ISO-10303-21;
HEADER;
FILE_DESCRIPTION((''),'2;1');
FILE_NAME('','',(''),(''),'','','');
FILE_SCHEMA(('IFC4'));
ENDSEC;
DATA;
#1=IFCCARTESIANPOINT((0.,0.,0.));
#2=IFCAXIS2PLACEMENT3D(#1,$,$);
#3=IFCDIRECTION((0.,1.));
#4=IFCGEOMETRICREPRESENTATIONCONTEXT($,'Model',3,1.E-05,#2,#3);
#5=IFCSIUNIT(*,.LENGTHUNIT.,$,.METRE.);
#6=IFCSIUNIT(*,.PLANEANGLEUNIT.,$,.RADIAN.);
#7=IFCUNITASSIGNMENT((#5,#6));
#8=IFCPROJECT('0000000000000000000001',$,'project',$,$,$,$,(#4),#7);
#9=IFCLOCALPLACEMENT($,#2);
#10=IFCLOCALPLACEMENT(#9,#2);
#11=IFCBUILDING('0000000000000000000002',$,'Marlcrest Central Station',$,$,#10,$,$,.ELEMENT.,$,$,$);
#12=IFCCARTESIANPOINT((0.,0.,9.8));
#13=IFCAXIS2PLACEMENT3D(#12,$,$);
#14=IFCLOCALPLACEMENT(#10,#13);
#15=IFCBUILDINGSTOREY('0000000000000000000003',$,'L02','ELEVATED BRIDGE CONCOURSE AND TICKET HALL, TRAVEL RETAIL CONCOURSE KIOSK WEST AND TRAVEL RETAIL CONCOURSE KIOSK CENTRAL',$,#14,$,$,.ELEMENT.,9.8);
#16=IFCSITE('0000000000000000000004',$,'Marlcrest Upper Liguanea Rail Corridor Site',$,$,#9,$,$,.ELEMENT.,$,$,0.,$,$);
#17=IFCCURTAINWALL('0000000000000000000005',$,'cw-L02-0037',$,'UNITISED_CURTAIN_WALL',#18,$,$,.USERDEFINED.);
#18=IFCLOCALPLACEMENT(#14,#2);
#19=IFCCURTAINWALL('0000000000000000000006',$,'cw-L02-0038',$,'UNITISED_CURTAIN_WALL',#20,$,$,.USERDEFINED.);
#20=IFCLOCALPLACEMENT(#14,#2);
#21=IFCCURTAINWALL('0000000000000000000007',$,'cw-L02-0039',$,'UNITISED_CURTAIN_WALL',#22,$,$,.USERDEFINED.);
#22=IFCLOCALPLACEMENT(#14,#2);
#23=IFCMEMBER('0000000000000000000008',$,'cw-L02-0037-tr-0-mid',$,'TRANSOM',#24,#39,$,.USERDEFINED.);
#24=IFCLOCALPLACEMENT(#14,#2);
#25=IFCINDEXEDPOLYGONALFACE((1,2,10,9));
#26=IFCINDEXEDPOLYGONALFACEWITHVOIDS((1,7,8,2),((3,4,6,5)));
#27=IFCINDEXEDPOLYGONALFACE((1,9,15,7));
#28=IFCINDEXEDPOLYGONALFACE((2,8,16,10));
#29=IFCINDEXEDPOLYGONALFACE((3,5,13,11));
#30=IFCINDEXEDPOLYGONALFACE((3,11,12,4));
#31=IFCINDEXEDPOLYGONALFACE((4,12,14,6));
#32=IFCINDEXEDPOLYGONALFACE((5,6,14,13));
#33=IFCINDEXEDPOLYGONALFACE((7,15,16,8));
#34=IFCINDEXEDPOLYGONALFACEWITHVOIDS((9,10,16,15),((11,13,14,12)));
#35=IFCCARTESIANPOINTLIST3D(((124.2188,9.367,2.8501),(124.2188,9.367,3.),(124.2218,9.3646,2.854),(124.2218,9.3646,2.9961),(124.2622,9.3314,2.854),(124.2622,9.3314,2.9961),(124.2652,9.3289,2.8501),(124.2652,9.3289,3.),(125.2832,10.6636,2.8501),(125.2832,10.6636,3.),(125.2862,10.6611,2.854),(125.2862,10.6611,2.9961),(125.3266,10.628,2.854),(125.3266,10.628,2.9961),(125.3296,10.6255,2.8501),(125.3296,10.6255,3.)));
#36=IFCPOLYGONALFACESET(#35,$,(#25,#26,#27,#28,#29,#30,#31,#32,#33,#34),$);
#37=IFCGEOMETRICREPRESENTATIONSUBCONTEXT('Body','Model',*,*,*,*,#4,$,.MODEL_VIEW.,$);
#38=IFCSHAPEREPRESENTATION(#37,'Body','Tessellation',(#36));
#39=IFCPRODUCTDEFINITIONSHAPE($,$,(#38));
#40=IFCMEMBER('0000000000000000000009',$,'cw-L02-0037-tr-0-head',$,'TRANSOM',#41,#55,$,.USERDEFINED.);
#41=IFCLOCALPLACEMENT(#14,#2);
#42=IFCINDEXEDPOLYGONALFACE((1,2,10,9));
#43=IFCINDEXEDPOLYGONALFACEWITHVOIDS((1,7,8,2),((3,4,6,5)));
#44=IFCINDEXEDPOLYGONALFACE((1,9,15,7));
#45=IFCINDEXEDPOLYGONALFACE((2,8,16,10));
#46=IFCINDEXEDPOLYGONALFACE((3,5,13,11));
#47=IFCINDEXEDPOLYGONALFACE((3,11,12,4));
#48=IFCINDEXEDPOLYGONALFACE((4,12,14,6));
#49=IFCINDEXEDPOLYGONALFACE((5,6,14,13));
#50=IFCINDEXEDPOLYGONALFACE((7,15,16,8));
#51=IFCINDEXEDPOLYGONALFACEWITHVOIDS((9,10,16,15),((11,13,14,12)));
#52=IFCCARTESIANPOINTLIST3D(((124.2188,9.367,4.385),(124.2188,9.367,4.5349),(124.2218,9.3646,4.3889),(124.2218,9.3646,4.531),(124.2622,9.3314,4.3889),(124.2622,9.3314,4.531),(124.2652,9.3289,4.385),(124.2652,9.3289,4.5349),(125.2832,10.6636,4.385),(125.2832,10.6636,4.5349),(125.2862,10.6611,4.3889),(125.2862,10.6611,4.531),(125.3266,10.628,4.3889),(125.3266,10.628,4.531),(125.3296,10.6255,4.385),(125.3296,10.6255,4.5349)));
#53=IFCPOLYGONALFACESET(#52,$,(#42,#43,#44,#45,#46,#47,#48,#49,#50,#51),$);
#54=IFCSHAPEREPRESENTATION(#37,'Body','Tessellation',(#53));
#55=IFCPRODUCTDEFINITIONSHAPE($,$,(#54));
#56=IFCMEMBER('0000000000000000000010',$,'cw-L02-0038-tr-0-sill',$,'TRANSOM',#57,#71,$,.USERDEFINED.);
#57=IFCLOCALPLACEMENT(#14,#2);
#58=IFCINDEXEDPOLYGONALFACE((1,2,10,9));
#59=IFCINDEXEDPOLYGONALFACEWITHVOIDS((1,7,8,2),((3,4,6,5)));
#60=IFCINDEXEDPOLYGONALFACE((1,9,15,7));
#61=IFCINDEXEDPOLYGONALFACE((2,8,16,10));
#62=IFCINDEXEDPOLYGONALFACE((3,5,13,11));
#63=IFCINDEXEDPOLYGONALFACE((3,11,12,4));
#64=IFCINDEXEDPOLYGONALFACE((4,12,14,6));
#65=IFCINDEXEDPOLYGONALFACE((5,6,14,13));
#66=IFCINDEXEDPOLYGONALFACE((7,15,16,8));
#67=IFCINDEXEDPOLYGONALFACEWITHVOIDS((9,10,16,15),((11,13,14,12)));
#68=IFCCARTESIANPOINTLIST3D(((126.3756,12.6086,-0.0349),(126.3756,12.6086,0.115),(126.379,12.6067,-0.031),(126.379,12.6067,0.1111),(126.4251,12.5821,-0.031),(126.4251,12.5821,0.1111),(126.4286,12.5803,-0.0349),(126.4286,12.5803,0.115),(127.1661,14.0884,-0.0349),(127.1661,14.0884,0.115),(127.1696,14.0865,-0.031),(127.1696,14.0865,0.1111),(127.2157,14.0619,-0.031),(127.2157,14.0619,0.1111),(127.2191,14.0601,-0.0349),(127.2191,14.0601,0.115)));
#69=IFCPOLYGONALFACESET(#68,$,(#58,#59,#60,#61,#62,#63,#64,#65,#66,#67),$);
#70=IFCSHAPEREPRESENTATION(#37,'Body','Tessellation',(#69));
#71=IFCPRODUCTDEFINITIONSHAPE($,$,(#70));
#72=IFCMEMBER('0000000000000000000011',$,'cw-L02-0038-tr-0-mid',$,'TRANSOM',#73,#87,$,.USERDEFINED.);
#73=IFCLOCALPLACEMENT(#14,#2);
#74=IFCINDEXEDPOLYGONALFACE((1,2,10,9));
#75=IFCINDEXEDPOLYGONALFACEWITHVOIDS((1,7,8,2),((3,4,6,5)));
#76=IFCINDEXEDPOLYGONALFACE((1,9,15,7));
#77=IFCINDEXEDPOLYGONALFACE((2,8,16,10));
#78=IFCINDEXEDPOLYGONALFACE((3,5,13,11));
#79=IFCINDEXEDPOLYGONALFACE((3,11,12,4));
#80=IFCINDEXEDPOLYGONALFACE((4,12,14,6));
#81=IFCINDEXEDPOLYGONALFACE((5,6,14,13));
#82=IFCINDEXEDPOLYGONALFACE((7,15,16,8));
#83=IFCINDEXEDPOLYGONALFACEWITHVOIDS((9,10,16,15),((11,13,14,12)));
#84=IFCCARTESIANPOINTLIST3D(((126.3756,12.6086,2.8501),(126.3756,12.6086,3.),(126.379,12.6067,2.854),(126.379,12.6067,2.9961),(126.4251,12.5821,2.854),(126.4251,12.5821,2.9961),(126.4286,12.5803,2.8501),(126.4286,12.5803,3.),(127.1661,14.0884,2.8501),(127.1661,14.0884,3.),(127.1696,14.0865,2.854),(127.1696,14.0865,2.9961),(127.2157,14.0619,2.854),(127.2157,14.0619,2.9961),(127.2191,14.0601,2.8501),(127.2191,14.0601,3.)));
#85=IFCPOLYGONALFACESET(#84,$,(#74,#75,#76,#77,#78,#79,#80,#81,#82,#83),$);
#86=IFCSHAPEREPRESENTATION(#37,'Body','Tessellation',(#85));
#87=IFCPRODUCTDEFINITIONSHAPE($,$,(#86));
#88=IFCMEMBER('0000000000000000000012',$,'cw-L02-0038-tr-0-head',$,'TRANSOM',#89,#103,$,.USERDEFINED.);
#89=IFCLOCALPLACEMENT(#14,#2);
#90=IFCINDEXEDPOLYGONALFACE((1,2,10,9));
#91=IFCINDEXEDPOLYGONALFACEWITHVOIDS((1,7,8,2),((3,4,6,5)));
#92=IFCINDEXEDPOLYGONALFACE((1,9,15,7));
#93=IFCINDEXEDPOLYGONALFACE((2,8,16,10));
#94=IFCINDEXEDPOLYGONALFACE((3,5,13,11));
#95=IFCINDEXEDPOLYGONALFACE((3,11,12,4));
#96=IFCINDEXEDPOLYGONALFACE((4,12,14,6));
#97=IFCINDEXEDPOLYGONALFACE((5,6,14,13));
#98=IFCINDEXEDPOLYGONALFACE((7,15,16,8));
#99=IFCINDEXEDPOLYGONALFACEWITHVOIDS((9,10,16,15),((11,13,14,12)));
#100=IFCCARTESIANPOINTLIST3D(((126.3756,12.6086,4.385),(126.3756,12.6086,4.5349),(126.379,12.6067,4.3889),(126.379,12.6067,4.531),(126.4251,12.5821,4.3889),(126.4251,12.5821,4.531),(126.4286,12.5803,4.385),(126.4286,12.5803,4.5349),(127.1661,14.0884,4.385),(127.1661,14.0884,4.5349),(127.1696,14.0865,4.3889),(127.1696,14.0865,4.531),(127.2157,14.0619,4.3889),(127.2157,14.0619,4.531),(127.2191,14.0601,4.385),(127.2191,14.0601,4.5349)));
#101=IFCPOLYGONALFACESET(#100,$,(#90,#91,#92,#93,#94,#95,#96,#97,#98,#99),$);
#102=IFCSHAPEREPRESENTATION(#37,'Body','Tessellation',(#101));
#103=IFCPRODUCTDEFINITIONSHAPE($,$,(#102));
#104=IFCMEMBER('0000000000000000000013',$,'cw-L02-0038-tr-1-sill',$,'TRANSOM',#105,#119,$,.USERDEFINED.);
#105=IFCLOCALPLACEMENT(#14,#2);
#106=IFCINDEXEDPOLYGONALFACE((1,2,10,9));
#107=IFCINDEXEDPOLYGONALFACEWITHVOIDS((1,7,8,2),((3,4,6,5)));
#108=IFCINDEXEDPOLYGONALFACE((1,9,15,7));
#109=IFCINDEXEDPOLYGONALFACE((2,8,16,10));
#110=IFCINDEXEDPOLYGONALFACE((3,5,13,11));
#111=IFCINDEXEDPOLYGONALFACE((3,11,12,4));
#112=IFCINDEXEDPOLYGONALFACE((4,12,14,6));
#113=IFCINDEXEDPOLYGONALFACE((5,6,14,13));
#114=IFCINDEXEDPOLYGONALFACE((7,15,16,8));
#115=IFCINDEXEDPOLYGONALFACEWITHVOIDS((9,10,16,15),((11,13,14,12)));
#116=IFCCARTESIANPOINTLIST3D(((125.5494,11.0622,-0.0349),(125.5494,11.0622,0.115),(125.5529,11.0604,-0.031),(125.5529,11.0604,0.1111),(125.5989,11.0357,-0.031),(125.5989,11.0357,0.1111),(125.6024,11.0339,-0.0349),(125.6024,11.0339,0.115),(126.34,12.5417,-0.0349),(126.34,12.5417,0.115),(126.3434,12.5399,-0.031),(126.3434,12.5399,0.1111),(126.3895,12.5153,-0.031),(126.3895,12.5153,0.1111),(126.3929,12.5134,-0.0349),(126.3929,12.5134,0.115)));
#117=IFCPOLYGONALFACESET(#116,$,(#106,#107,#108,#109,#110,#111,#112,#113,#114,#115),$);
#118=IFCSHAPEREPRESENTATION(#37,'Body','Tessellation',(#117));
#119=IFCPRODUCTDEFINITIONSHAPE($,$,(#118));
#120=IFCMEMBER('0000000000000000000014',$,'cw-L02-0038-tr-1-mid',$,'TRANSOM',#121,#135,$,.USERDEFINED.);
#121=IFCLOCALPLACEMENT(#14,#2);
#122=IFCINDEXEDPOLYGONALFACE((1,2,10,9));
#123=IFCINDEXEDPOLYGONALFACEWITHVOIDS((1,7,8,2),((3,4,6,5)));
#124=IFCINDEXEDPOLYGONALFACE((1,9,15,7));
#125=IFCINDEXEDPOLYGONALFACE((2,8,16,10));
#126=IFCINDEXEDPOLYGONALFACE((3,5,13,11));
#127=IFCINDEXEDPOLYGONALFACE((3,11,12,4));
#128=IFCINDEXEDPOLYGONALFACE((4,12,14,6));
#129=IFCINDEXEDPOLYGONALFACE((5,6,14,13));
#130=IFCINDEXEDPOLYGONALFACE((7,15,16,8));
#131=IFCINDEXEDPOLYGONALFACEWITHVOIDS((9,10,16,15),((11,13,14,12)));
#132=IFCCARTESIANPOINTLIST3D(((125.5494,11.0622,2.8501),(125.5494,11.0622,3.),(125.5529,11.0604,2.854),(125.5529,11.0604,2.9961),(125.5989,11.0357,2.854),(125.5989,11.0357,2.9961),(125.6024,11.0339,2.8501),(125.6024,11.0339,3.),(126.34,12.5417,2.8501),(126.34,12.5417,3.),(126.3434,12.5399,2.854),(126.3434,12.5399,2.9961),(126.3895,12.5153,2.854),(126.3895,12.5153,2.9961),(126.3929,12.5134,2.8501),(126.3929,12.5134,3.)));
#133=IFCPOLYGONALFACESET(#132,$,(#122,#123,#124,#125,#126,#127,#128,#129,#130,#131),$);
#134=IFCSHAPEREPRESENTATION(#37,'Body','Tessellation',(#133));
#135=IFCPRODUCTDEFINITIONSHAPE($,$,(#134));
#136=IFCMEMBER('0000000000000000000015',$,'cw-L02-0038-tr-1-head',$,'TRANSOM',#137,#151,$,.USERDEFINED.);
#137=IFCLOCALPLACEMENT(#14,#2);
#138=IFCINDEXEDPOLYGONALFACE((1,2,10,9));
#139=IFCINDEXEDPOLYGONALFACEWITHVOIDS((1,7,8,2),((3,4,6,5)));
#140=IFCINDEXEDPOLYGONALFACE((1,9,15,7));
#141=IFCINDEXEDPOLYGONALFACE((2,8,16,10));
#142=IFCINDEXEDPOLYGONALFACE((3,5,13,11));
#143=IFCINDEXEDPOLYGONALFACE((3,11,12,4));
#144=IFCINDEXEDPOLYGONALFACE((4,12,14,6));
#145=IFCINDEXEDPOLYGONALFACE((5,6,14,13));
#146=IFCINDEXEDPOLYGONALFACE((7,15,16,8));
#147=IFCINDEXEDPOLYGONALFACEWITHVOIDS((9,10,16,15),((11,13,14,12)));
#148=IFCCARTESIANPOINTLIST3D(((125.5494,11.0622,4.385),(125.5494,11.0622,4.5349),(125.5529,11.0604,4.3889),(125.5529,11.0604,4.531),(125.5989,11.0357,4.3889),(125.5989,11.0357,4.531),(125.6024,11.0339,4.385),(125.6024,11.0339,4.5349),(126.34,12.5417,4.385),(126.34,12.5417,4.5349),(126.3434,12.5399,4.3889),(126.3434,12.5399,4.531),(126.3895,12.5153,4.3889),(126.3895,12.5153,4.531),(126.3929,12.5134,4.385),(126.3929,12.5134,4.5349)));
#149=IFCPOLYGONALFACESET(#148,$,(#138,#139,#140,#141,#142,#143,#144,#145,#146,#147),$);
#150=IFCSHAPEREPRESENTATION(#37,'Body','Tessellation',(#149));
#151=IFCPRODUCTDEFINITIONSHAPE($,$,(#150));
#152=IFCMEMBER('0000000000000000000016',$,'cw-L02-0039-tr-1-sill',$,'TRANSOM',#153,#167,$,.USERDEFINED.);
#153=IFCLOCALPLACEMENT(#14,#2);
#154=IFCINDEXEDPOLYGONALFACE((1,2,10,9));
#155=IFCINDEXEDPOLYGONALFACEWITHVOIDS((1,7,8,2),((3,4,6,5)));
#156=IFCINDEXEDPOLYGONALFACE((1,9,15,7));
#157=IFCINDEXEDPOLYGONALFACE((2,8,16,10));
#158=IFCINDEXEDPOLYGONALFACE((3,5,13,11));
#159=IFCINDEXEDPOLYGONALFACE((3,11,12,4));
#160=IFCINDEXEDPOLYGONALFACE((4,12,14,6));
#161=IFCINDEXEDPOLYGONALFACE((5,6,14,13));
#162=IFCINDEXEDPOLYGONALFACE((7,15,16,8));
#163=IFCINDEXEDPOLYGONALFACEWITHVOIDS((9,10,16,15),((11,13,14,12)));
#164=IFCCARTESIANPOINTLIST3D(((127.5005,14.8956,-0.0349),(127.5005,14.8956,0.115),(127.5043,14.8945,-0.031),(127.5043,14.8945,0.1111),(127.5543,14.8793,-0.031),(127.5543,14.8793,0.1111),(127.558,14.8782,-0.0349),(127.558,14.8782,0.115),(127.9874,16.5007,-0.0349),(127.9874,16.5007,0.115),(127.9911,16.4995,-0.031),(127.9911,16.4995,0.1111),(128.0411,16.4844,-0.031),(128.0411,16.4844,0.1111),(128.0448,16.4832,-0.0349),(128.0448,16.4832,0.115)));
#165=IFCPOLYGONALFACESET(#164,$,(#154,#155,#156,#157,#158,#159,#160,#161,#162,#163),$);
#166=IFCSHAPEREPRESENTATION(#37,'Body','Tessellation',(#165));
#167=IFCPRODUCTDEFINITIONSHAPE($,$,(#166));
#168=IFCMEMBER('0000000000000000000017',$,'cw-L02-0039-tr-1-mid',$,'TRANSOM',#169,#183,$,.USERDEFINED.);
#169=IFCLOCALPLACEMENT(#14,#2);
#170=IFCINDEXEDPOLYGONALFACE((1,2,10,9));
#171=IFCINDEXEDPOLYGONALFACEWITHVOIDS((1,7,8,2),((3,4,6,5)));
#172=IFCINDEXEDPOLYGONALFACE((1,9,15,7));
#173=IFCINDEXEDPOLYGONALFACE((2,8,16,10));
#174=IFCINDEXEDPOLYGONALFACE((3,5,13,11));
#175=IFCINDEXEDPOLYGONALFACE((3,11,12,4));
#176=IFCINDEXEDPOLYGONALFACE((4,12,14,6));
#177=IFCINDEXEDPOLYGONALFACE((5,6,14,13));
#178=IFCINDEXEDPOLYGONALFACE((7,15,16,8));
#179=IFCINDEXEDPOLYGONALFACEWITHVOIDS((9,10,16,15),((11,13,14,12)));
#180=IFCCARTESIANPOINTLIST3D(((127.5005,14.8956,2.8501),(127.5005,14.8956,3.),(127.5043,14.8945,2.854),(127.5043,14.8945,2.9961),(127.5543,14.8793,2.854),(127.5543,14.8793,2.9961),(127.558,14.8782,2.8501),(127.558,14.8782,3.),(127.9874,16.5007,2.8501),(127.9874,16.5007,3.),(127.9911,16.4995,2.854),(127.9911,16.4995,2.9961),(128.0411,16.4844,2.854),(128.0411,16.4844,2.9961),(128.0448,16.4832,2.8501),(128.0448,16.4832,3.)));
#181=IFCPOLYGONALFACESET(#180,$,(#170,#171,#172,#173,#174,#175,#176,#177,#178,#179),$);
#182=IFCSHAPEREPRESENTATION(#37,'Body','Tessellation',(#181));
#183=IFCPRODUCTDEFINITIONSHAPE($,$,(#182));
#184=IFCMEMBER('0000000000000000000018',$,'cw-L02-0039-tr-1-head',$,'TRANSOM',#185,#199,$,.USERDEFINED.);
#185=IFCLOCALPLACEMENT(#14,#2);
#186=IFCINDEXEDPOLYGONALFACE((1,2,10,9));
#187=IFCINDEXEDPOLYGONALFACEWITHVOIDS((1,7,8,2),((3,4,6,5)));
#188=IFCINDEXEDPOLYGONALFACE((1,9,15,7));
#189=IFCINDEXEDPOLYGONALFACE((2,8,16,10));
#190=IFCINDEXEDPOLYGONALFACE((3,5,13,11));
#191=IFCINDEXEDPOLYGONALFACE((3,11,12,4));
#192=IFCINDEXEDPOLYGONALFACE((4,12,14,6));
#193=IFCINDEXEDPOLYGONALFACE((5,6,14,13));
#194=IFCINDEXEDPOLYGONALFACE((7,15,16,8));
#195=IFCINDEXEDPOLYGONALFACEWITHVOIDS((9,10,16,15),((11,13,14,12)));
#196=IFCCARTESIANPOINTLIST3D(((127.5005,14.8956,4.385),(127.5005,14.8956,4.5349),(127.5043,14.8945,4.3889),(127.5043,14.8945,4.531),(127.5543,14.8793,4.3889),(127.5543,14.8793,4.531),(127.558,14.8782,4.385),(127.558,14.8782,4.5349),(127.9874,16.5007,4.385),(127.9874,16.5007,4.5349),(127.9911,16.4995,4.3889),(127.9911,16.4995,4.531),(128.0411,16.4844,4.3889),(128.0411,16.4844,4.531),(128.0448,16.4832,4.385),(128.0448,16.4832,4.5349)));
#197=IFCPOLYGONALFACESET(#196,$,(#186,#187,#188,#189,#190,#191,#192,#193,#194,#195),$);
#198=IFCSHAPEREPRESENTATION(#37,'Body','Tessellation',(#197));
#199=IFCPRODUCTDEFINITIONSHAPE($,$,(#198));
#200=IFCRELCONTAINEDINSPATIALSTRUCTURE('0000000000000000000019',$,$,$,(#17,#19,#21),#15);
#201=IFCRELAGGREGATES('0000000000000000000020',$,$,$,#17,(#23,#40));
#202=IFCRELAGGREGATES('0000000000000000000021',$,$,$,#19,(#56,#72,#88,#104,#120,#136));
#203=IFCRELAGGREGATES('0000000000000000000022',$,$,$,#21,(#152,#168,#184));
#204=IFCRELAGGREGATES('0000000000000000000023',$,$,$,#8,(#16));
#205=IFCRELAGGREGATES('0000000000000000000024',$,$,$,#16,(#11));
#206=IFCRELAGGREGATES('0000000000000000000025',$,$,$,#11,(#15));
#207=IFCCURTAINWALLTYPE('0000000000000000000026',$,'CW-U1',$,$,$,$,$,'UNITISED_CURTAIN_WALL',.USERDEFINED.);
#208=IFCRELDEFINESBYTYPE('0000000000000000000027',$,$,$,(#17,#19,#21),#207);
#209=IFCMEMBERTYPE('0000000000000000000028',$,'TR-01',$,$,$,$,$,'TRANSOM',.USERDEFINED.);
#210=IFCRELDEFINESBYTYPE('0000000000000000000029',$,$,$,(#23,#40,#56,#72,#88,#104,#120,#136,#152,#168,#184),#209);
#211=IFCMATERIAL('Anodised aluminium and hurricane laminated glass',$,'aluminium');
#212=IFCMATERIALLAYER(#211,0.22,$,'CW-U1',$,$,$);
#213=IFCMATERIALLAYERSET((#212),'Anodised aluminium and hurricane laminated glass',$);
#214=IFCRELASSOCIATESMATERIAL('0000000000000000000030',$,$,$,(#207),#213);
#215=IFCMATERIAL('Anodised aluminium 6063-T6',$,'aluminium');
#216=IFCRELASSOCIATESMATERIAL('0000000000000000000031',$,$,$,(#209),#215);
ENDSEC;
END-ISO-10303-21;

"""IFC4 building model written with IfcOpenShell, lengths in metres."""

from ifc_helpers import new_model, si_unit, direction, frame, origin, origin_2d, place, context, subcontext, project, spatial, hollow_rectangle, extrude, material, layer, layer_set, material_profile, profile_set, type_object, element, aggregate, save


model = new_model("IFC4")

# Units and contexts
model_context = context("Model", 3, precision=1e-05, world=origin(), true_north=direction((0.0, 1.0)))
body_context = subcontext(model_context, "Body", "Model", "MODEL_VIEW")
ifc_project = project(units=[si_unit("LENGTHUNIT", "METRE"), si_unit("PLANEANGLEUNIT", "RADIAN")], contexts=[model_context])

# Site, building, storey
site_placement = place(None, origin())
site = spatial("IfcSite", under=ifc_project, at=site_placement, Name="Marlcrest Upper Liguanea Rail Corridor Site", CompositionType="ELEMENT", RefElevation=0.0)
building_placement = place(site_placement, origin())
building = spatial("IfcBuilding", under=site, at=building_placement, Name="Marlcrest Central Station", CompositionType="ELEMENT")
storey_placement = place(building_placement, frame((0.0, 0.0, 9.8)))
storey = spatial("IfcBuildingStorey", under=building, at=storey_placement, Name="L02", Description="ELEVATED BRIDGE CONCOURSE AND TICKET HALL, TRAVEL RETAIL CONCOURSE KIOSK WEST AND TRAVEL RETAIL CONCOURSE KIOSK CENTRAL", CompositionType="ELEMENT", Elevation=9.8)

# Curtain wall
ifc_material_1 = material(Name="Anodised aluminium and hurricane laminated glass", Category="aluminium")
ifc_layer_1 = layer(ifc_material_1, 0.22, Name="CW-U1")
ifc_layer_set_1 = layer_set([ifc_layer_1], Name="Anodised aluminium and hurricane laminated glass")
curtain_wall_type = type_object("IfcCurtainWallType", Name="CW-U1", ElementType="UNITISED_CURTAIN_WALL", PredefinedType="USERDEFINED", material=ifc_layer_set_1)
curtain_wall_1_placement = place(storey_placement, origin())
curtain_wall_1 = element("IfcCurtainWall", 1, at=curtain_wall_1_placement, inside=storey, type_object=curtain_wall_type, Name="cw-L02-0037", ObjectType="UNITISED_CURTAIN_WALL", PredefinedType="USERDEFINED")
ifc_material_2 = material(Name="Anodised aluminium 6063-T6", Category="aluminium")

# Curtain walls
curtain_wall_2_placement = place(storey_placement, origin())
curtain_wall_2 = element("IfcCurtainWall", 2, at=curtain_wall_2_placement, inside=storey, type_object=curtain_wall_type, Name="cw-L02-0038", ObjectType="UNITISED_CURTAIN_WALL", PredefinedType="USERDEFINED")
curtain_wall_3_placement = place(storey_placement, origin())
curtain_wall_3 = element("IfcCurtainWall", 3, at=curtain_wall_3_placement, inside=storey, type_object=curtain_wall_type, Name="cw-L02-0039", ObjectType="UNITISED_CURTAIN_WALL", PredefinedType="USERDEFINED")

# Members
ifc_material_profile_1 = material_profile(ifc_material_2, hollow_rectangle(XDim=0.0601, YDim=0.1499, WallThickness=0.0039, at=origin_2d()), Name="AA-RHS 150x60x4")
ifc_profile_set_1 = profile_set([ifc_material_profile_1], Name="Anodised aluminium 6063-T6")
member_type_1 = type_object("IfcMemberType", Name="TR-01", ElementType="TRANSOM", PredefinedType="USERDEFINED", material=ifc_profile_set_1)
member_1_placement = place(storey_placement, frame((125.3064, 10.6445, 2.925), z_axis=(-0.634513, -0.772912, 0.0), x_axis=(0.772912, -0.634513, 0.0)))
member_1 = element("IfcMember", 4, at=member_1_placement, type_object=member_type_1, Name="cw-L02-0037-tr-0-mid", ObjectType="TRANSOM", PredefinedType="USERDEFINED", context=body_context, shape_type="SweptSolid", body=[
    extrude(hollow_rectangle(XDim=0.0601, YDim=0.1499, WallThickness=0.0039, at=origin_2d()), origin(), (0.0, 0.0, 1.0), 1.6775),
])
member_2_placement = place(storey_placement, frame((125.3064, 10.6445, 4.46), z_axis=(-0.634513, -0.772912, 0.0), x_axis=(0.772912, -0.634513, 0.0)))
member_2 = element("IfcMember", 5, at=member_2_placement, type_object=member_type_1, Name="cw-L02-0037-tr-0-head", ObjectType="TRANSOM", PredefinedType="USERDEFINED", context=body_context, shape_type="SweptSolid", body=[
    extrude(hollow_rectangle(XDim=0.0601, YDim=0.1499, WallThickness=0.0039, at=origin_2d()), origin(), (0.0, 0.0, 1.0), 1.6775),
])
aggregate(curtain_wall_1, [member_1, member_2])
member_3_placement = place(storey_placement, frame((127.1926, 14.0742, 0.04), z_axis=(-0.471207, -0.882022, 0.0), x_axis=(0.882022, -0.471207, 0.0)))
member_3 = element("IfcMember", 6, at=member_3_placement, type_object=member_type_1, Name="cw-L02-0038-tr-0-sill", ObjectType="TRANSOM", PredefinedType="USERDEFINED", context=body_context, shape_type="SweptSolid", body=[
    extrude(hollow_rectangle(XDim=0.0601, YDim=0.1499, WallThickness=0.0039, at=origin_2d()), origin(), (0.0, 0.0, 1.0), 1.6777),
])
member_4_placement = place(storey_placement, frame((127.1926, 14.0742, 2.925), z_axis=(-0.471207, -0.882022, 0.0), x_axis=(0.882022, -0.471207, 0.0)))
member_4 = element("IfcMember", 7, at=member_4_placement, type_object=member_type_1, Name="cw-L02-0038-tr-0-mid", ObjectType="TRANSOM", PredefinedType="USERDEFINED", context=body_context, shape_type="SweptSolid", body=[
    extrude(hollow_rectangle(XDim=0.0601, YDim=0.1499, WallThickness=0.0039, at=origin_2d()), origin(), (0.0, 0.0, 1.0), 1.6777),
])
member_5_placement = place(storey_placement, frame((127.1926, 14.0742, 4.46), z_axis=(-0.471207, -0.882022, 0.0), x_axis=(0.882022, -0.471207, 0.0)))
member_5 = element("IfcMember", 8, at=member_5_placement, type_object=member_type_1, Name="cw-L02-0038-tr-0-head", ObjectType="TRANSOM", PredefinedType="USERDEFINED", context=body_context, shape_type="SweptSolid", body=[
    extrude(hollow_rectangle(XDim=0.0601, YDim=0.1499, WallThickness=0.0039, at=origin_2d()), origin(), (0.0, 0.0, 1.0), 1.6777),
])
member_6_placement = place(storey_placement, frame((126.3665, 12.5276, 0.04), z_axis=(-0.471268, -0.88199, 0.0), x_axis=(0.88199, -0.471268, 0.0)))
member_6 = element("IfcMember", 9, at=member_6_placement, type_object=member_type_1, Name="cw-L02-0038-tr-1-sill", ObjectType="TRANSOM", PredefinedType="USERDEFINED", context=body_context, shape_type="SweptSolid", body=[
    extrude(hollow_rectangle(XDim=0.0601, YDim=0.1499, WallThickness=0.0039, at=origin_2d()), origin(), (0.0, 0.0, 1.0), 1.6775),
])
member_7_placement = place(storey_placement, frame((126.3665, 12.5276, 2.925), z_axis=(-0.471268, -0.88199, 0.0), x_axis=(0.88199, -0.471268, 0.0)))
member_7 = element("IfcMember", 10, at=member_7_placement, type_object=member_type_1, Name="cw-L02-0038-tr-1-mid", ObjectType="TRANSOM", PredefinedType="USERDEFINED", context=body_context, shape_type="SweptSolid", body=[
    extrude(hollow_rectangle(XDim=0.0601, YDim=0.1499, WallThickness=0.0039, at=origin_2d()), origin(), (0.0, 0.0, 1.0), 1.6775),
])
member_8_placement = place(storey_placement, frame((126.3665, 12.5276, 4.46), z_axis=(-0.471268, -0.88199, 0.0), x_axis=(0.88199, -0.471268, 0.0)))
member_8 = element("IfcMember", 11, at=member_8_placement, type_object=member_type_1, Name="cw-L02-0038-tr-1-head", ObjectType="TRANSOM", PredefinedType="USERDEFINED", context=body_context, shape_type="SweptSolid", body=[
    extrude(hollow_rectangle(XDim=0.0601, YDim=0.1499, WallThickness=0.0039, at=origin_2d()), origin(), (0.0, 0.0, 1.0), 1.6775),
])
member_9_placement = place(storey_placement, frame((128.0161, 16.4919, 0.04), z_axis=(-0.290258, -0.956948, 0.0), x_axis=(0.956948, -0.290258, 0.0)))
member_9 = element("IfcMember", 12, at=member_9_placement, type_object=member_type_1, Name="cw-L02-0039-tr-1-sill", ObjectType="TRANSOM", PredefinedType="USERDEFINED", context=body_context, shape_type="SweptSolid", body=[
    extrude(hollow_rectangle(XDim=0.0601, YDim=0.1499, WallThickness=0.0039, at=origin_2d()), origin(), (0.0, 0.0, 1.0), 1.6772),
])
member_10_placement = place(storey_placement, frame((128.0161, 16.4919, 2.925), z_axis=(-0.290258, -0.956948, 0.0), x_axis=(0.956948, -0.290258, 0.0)))
member_10 = element("IfcMember", 13, at=member_10_placement, type_object=member_type_1, Name="cw-L02-0039-tr-1-mid", ObjectType="TRANSOM", PredefinedType="USERDEFINED", context=body_context, shape_type="SweptSolid", body=[
    extrude(hollow_rectangle(XDim=0.0601, YDim=0.1499, WallThickness=0.0039, at=origin_2d()), origin(), (0.0, 0.0, 1.0), 1.6772),
])
member_11_placement = place(storey_placement, frame((128.0161, 16.4919, 4.46), z_axis=(-0.290258, -0.956948, 0.0), x_axis=(0.956948, -0.290258, 0.0)))
member_11 = element("IfcMember", 14, at=member_11_placement, type_object=member_type_1, Name="cw-L02-0039-tr-1-head", ObjectType="TRANSOM", PredefinedType="USERDEFINED", context=body_context, shape_type="SweptSolid", body=[
    extrude(hollow_rectangle(XDim=0.0601, YDim=0.1499, WallThickness=0.0039, at=origin_2d()), origin(), (0.0, 0.0, 1.0), 1.6772),
])

aggregate(curtain_wall_2, [member_3, member_4, member_5, member_6, member_7, member_8])
aggregate(curtain_wall_3, [member_9, member_10, member_11])

save(model, "model.ifc")
